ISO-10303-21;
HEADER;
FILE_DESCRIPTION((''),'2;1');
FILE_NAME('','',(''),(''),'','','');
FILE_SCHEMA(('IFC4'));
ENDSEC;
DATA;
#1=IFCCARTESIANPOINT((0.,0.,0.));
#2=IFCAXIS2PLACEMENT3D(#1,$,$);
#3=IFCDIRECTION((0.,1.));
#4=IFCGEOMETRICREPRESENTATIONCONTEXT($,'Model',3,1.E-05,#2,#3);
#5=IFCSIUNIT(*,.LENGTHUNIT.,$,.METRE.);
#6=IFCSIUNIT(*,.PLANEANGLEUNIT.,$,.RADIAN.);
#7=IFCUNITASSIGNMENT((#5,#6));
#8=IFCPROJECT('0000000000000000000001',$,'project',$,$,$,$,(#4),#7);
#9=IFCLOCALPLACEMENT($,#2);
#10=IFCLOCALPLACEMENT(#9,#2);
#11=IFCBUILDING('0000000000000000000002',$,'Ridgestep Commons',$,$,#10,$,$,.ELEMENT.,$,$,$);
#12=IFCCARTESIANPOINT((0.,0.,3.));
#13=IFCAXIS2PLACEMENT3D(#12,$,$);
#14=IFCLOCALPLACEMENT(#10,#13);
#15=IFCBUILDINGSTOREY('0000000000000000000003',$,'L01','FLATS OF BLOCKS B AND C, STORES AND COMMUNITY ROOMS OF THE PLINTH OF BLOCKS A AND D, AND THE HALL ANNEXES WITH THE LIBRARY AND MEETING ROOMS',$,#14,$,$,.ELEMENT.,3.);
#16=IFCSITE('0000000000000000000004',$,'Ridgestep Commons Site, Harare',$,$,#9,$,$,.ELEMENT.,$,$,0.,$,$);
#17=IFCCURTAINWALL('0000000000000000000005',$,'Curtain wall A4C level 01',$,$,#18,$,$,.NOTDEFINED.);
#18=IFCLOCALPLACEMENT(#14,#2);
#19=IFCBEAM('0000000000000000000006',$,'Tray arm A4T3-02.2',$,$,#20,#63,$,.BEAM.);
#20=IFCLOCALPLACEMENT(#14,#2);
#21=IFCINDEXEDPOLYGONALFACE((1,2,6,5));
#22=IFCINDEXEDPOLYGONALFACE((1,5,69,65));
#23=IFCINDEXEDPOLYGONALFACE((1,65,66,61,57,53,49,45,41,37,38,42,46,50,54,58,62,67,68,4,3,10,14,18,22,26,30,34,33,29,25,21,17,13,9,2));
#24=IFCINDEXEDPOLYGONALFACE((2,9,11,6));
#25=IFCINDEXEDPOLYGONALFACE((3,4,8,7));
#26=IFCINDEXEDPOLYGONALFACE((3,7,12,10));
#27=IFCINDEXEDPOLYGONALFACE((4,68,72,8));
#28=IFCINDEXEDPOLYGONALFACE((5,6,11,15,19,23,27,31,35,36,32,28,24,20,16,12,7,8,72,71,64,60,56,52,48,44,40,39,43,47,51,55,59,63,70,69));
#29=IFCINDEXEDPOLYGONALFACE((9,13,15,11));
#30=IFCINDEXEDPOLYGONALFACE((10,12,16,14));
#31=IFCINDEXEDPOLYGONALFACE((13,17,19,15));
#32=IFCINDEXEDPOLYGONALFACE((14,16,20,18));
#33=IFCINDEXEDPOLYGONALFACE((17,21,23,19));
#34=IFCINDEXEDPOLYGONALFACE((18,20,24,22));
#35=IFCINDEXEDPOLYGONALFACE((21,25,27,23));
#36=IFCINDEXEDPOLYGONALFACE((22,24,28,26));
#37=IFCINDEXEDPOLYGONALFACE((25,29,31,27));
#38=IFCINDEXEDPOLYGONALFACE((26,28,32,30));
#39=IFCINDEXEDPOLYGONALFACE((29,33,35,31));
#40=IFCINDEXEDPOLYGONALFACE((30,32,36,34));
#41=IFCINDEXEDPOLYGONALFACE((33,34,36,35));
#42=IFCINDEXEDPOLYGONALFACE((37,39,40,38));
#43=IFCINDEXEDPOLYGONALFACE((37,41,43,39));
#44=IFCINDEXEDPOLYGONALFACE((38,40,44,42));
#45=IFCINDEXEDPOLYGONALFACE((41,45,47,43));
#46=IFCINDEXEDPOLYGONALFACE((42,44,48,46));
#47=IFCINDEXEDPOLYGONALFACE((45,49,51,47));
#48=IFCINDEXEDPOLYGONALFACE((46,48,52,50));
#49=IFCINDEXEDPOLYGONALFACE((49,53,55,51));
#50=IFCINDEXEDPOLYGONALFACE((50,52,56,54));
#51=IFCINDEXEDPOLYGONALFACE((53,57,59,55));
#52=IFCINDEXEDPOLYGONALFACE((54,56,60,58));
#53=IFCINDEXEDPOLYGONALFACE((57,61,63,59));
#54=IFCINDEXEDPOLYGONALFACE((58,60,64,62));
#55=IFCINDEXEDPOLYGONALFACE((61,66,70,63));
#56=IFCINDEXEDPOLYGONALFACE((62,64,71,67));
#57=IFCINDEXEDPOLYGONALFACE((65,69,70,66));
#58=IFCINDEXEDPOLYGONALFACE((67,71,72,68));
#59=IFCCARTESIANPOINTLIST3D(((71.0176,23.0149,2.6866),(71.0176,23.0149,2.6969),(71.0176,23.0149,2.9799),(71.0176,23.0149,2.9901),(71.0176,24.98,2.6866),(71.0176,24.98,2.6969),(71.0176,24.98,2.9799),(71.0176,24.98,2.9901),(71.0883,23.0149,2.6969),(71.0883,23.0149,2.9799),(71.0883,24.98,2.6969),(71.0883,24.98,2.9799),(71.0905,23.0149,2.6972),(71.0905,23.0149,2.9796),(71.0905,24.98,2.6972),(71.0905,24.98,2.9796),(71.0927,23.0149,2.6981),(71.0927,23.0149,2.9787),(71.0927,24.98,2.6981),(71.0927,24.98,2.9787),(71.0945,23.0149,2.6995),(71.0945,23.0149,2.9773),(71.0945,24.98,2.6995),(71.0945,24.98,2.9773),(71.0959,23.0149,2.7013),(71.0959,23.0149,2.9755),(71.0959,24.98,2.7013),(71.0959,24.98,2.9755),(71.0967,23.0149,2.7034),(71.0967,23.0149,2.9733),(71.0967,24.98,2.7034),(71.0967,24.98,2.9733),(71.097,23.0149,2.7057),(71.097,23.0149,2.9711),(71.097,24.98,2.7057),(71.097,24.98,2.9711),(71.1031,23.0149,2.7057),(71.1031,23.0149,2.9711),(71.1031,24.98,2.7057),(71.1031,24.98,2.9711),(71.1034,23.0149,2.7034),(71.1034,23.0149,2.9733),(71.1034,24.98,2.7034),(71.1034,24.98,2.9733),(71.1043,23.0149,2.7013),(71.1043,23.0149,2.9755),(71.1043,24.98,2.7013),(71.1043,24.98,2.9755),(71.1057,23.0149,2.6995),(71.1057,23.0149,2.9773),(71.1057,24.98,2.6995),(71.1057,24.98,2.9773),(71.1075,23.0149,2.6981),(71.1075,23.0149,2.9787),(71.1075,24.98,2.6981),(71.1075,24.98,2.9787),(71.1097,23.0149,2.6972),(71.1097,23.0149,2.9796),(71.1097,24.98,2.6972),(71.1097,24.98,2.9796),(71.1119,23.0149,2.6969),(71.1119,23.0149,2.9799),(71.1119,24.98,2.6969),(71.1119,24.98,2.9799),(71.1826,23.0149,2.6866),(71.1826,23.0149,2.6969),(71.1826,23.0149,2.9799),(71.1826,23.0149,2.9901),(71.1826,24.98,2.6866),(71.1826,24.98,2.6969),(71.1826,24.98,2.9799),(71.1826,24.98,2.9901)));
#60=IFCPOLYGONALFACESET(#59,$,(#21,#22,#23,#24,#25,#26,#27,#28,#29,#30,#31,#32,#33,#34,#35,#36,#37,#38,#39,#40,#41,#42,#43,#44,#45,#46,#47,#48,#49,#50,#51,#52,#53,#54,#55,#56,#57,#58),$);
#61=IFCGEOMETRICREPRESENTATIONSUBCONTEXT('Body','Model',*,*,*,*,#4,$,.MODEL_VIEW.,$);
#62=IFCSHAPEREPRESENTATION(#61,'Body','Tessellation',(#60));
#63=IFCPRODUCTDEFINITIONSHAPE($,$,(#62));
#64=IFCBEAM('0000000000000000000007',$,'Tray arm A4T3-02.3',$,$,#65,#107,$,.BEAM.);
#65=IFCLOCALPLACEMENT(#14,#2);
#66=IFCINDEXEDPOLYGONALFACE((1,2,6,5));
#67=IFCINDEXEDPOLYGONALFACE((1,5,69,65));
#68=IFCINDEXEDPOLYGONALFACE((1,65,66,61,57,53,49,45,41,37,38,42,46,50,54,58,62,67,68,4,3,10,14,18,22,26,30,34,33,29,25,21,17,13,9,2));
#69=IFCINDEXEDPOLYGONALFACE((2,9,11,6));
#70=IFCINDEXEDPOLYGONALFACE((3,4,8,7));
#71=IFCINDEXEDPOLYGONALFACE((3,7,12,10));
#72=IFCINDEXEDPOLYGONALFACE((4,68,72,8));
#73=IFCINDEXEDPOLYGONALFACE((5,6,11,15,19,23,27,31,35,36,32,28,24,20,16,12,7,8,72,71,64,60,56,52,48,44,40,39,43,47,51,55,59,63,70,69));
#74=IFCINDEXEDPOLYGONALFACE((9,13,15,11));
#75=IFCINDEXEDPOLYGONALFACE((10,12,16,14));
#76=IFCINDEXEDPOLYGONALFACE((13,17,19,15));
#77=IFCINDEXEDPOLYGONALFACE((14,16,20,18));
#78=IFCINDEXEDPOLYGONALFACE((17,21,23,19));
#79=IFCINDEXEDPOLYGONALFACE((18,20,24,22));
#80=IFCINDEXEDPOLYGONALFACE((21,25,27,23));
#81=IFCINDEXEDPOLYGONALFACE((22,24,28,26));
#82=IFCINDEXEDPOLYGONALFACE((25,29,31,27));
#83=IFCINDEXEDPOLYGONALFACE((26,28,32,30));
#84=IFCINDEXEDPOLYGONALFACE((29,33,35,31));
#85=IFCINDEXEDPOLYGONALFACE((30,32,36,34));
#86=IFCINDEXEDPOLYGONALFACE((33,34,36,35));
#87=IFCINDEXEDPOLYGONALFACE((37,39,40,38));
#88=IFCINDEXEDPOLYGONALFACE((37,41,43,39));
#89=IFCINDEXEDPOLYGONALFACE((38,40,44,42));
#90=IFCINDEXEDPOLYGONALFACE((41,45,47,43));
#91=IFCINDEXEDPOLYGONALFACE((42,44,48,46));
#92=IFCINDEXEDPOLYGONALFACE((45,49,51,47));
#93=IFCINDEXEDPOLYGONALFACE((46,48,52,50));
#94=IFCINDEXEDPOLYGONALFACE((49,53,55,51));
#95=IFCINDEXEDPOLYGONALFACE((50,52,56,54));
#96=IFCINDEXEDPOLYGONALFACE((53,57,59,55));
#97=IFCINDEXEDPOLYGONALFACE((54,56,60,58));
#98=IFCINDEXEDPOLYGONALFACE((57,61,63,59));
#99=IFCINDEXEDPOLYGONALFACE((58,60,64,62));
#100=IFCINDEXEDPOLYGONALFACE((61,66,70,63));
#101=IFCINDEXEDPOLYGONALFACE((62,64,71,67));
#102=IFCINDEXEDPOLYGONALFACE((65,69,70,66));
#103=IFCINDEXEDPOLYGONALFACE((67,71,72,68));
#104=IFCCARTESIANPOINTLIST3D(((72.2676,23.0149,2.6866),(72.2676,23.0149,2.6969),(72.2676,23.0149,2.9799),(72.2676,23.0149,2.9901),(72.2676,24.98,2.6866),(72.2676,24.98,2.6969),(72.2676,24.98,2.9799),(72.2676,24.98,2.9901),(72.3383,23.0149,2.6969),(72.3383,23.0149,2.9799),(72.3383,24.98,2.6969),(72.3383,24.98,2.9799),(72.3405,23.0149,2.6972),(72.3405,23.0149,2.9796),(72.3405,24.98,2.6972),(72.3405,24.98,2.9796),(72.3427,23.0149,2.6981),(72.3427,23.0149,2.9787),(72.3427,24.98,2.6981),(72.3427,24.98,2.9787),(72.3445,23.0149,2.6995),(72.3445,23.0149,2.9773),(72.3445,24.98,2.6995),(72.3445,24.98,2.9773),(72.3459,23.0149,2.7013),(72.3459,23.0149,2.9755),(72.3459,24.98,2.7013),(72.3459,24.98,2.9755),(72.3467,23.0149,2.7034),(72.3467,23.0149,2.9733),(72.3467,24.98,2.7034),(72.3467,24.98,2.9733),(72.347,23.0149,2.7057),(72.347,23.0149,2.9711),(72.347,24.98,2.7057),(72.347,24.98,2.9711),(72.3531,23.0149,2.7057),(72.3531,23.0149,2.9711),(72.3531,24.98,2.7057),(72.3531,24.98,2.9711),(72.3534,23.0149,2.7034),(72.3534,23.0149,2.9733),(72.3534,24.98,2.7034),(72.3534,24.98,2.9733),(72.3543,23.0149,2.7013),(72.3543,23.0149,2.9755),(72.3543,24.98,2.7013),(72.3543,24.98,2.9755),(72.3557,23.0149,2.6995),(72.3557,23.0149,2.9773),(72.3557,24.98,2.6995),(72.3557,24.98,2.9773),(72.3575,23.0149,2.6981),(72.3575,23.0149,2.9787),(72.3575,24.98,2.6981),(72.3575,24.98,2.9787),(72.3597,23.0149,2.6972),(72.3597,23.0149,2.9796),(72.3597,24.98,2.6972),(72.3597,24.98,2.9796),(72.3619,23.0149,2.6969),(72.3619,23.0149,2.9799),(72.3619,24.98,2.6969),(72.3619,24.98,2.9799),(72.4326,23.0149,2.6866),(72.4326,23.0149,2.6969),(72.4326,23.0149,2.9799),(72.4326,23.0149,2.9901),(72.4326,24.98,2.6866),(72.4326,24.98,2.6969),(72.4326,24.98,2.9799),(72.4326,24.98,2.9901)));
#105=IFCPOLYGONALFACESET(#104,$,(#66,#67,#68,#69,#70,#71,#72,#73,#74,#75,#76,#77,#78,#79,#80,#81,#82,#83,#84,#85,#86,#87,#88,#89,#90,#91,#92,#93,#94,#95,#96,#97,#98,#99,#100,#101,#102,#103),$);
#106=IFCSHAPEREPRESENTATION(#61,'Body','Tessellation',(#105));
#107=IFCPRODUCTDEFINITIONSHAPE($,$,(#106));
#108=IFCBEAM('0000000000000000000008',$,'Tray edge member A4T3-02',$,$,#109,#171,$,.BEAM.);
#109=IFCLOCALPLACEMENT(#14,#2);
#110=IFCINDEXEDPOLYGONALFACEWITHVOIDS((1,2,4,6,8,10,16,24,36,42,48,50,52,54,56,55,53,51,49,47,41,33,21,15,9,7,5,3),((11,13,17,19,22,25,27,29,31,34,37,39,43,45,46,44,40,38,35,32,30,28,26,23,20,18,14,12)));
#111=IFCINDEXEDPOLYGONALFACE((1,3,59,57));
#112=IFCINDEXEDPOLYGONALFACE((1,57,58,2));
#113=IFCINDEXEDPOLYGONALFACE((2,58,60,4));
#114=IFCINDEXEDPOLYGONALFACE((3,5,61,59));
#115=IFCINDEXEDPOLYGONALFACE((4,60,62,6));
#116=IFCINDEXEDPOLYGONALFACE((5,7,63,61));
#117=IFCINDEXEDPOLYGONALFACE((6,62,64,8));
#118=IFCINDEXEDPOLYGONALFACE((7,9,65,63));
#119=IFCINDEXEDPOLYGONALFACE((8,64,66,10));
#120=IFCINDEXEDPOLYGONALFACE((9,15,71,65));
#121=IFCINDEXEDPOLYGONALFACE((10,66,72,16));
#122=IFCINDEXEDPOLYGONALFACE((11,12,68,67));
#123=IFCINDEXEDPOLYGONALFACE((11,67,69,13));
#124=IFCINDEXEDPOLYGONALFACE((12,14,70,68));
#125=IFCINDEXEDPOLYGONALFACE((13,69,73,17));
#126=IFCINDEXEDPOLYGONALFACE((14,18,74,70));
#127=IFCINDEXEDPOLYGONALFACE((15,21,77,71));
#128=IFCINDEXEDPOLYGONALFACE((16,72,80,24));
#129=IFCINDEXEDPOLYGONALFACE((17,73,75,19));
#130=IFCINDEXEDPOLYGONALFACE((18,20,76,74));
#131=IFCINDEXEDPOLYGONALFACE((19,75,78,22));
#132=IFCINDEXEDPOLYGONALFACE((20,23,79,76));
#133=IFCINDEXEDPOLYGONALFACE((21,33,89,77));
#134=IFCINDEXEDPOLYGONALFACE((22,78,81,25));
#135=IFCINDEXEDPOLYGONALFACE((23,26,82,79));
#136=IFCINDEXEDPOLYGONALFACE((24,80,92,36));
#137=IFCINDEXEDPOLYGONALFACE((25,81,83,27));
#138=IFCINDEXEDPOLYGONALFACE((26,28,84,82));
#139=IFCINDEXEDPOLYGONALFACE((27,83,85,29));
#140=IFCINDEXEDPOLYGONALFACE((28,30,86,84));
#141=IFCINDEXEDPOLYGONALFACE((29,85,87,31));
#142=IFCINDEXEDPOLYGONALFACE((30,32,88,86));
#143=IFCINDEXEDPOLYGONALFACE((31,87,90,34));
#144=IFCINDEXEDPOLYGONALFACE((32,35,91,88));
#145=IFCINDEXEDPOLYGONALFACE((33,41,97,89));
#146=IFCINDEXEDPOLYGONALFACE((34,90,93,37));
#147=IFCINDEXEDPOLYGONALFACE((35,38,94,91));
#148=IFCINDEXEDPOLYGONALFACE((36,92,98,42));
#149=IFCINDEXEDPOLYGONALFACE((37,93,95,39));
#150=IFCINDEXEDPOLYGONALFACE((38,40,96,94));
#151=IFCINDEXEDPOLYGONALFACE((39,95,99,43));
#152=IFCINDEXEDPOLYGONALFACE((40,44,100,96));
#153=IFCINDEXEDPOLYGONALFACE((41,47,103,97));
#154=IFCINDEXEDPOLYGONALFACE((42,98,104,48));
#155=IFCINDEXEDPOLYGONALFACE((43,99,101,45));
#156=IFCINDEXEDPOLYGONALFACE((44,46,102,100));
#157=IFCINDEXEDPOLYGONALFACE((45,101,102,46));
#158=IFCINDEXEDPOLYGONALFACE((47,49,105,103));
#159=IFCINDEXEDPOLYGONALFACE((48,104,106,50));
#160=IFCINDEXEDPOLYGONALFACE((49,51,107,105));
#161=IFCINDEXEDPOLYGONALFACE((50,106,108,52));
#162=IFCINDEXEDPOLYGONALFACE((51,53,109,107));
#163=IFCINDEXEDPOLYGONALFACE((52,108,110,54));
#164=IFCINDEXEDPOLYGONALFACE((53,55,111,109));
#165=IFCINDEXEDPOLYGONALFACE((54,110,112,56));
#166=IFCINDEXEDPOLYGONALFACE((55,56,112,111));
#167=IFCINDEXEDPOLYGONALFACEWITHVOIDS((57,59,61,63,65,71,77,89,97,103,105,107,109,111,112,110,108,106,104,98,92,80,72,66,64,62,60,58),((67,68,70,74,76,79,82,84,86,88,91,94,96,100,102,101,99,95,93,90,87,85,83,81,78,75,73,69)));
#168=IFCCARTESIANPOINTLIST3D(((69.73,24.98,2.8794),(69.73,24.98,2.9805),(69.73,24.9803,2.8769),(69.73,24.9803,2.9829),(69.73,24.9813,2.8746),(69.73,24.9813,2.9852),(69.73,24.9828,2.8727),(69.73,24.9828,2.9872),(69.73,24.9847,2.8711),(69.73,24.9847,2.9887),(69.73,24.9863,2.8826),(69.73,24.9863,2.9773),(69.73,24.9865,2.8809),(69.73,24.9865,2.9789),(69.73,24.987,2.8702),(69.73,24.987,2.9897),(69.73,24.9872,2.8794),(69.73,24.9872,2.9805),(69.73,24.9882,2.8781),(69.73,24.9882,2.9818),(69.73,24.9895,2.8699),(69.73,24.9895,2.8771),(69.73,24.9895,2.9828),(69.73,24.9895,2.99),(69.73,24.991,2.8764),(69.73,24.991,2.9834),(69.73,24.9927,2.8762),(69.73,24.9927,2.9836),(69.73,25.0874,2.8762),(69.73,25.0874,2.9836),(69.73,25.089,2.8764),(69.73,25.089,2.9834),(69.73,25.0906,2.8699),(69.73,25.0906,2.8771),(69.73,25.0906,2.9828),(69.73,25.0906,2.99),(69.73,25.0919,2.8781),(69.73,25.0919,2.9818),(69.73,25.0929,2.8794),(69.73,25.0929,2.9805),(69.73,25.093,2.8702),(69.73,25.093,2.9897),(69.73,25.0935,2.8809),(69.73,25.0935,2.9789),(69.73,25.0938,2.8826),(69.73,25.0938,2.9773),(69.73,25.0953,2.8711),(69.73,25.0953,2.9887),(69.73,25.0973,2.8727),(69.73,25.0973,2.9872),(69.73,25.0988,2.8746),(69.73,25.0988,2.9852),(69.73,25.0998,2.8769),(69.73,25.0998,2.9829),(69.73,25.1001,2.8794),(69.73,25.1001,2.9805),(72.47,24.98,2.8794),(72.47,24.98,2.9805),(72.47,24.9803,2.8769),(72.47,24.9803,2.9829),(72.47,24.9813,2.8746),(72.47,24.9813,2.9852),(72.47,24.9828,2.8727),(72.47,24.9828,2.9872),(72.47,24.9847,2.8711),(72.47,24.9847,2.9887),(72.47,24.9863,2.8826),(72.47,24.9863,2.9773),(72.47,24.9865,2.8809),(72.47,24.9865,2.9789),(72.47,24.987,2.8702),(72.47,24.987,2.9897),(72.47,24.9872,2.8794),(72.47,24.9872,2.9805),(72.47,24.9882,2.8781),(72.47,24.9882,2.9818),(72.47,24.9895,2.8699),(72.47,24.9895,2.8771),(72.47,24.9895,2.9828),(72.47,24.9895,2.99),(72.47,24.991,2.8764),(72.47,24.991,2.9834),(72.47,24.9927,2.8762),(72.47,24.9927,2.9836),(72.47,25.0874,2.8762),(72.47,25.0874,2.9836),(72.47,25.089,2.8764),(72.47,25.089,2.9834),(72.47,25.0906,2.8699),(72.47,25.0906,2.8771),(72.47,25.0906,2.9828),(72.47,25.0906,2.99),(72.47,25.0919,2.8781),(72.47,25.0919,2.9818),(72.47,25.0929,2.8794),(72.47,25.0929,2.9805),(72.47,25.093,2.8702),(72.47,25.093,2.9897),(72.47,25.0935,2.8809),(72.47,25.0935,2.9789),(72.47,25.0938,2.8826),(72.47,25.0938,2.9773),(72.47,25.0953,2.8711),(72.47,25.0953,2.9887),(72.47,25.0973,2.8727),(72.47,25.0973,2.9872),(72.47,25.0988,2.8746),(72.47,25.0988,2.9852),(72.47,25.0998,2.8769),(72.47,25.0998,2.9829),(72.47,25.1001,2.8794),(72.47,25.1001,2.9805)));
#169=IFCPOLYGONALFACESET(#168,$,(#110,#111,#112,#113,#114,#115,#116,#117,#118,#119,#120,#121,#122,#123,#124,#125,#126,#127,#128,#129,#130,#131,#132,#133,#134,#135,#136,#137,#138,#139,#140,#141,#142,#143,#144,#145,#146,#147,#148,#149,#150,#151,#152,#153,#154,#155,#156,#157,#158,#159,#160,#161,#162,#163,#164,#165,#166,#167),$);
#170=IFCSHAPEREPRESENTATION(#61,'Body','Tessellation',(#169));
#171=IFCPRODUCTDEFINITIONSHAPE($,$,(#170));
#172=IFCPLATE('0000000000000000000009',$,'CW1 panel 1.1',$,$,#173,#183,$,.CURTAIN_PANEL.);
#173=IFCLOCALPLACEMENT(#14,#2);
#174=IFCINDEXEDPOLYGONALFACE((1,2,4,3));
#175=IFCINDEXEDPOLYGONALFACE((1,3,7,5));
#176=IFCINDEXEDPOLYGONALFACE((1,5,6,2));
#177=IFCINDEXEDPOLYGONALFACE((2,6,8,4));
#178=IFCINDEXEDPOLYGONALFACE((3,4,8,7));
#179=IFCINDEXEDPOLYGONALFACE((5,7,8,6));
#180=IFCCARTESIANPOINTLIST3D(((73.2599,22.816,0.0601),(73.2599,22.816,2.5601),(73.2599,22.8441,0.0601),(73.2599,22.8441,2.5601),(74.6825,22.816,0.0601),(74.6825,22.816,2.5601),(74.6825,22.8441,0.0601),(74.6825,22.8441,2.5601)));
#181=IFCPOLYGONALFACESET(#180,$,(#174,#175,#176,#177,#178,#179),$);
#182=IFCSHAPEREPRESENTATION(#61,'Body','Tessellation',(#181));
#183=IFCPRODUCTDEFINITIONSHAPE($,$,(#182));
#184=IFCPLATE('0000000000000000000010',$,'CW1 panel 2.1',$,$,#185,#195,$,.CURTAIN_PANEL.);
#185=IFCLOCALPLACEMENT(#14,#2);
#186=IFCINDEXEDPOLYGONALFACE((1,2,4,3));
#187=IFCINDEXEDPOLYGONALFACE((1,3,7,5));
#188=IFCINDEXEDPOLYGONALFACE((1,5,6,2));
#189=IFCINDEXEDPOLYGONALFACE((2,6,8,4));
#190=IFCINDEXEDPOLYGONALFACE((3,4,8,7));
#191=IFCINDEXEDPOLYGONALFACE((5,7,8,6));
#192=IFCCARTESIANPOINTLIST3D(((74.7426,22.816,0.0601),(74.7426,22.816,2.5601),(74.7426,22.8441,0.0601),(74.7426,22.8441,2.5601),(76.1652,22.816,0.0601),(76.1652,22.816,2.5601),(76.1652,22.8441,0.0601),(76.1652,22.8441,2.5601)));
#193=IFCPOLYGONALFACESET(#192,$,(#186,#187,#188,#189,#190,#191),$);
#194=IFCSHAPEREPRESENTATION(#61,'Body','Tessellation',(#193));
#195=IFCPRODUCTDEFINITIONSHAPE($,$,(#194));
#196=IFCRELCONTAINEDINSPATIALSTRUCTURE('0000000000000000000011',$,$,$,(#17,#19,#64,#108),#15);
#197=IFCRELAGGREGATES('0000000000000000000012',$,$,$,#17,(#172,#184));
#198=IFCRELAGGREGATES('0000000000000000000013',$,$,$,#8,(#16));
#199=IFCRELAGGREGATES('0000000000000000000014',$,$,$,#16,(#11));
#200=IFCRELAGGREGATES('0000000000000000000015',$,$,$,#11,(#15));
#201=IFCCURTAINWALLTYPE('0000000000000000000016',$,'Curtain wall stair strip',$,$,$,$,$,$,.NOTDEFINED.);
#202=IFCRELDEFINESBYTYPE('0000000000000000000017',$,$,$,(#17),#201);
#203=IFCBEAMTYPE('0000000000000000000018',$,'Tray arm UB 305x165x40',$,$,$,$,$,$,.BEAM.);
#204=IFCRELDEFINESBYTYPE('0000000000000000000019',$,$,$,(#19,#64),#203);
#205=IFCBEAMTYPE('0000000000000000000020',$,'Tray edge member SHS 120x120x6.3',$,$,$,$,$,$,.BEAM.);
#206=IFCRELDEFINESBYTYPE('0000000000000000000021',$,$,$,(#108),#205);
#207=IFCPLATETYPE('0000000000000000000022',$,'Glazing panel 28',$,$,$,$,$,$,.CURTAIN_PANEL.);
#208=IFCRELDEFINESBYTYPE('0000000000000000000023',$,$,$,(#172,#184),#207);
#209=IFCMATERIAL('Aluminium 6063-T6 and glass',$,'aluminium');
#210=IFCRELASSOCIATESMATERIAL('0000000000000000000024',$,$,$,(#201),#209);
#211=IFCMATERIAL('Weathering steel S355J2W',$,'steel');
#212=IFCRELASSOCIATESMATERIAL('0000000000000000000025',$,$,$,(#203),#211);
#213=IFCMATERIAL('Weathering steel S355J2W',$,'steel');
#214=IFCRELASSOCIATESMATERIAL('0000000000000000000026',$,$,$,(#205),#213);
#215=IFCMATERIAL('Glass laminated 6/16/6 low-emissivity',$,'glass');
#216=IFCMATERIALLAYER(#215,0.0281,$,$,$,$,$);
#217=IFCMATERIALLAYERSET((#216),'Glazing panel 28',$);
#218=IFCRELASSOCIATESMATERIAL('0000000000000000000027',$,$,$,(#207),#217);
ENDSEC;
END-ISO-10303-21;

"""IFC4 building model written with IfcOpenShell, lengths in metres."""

from ifc_helpers import new_model, si_unit, direction, frame, origin, origin_2d, place, context, subcontext, project, spatial, rectangle, hollow_rectangle, i_section, extrude, material, layer, layer_set, material_profile, profile_set, type_object, element, aggregate, save


model = new_model("IFC4")

# Units and contexts
model_context = context("Model", 3, precision=1e-05, world=origin(), true_north=direction((0.0, 1.0)))
body_context = subcontext(model_context, "Body", "Model", "MODEL_VIEW")
ifc_project = project(units=[si_unit("LENGTHUNIT", "METRE"), si_unit("PLANEANGLEUNIT", "RADIAN")], contexts=[model_context])

# Site, building, storey
site_placement = place(None, origin())
site = spatial("IfcSite", under=ifc_project, at=site_placement, Name="Ridgestep Commons Site, Harare", CompositionType="ELEMENT", RefElevation=0.0)
building_placement = place(site_placement, origin())
building = spatial("IfcBuilding", under=site, at=building_placement, Name="Ridgestep Commons", CompositionType="ELEMENT")
storey_placement = place(building_placement, frame((0.0, 0.0, 3.0)))
storey = spatial("IfcBuildingStorey", under=building, at=storey_placement, Name="L01", Description="FLATS OF BLOCKS B AND C, STORES AND COMMUNITY ROOMS OF THE PLINTH OF BLOCKS A AND D, AND THE HALL ANNEXES WITH THE LIBRARY AND MEETING ROOMS", CompositionType="ELEMENT", Elevation=3.0)

# Curtain wall
ifc_material_1 = material(Name="Aluminium 6063-T6 and glass", Category="aluminium")
curtain_wall_type = type_object("IfcCurtainWallType", Name="Curtain wall stair strip", PredefinedType="NOTDEFINED", material=ifc_material_1)
curtain_wall_placement = place(storey_placement, origin())
curtain_wall = element("IfcCurtainWall", 1, at=curtain_wall_placement, inside=storey, type_object=curtain_wall_type, Name="Curtain wall A4C level 01", PredefinedType="NOTDEFINED")

# Beams
ifc_material_2 = material(Name="Weathering steel S355J2W", Category="steel")
ifc_material_profile_1 = material_profile(ifc_material_2, i_section(OverallWidth=0.165, OverallDepth=0.3035, WebThickness=0.0061, FlangeThickness=0.0103, FilletRadius=0.0088, at=origin_2d()), Name="UB 305x165x40")
ifc_profile_set_1 = profile_set([ifc_material_profile_1], Name="Weathering steel S355J2W")
beam_type_1 = type_object("IfcBeamType", Name="Tray arm UB 305x165x40", PredefinedType="BEAM", material=ifc_profile_set_1)
for number, where, z_axis, x_axis, name in (
    (2, (71.1001, 23.0149, 2.8384), (0.0, 1.0, 0.0), (-1.0, 0.0, 0.0), "Tray arm A4T3-02.2"),
    (3, (72.3501, 23.0149, 2.8384), (0.0, 1.0, 0.0), (-1.0, 0.0, 0.0), "Tray arm A4T3-02.3"),
):
    element("IfcBeam", number, at=place(storey_placement, frame(where, z_axis=z_axis, x_axis=x_axis)), inside=storey, type_object=beam_type_1, Name=name, PredefinedType="BEAM", context=body_context, shape_type="SweptSolid", body=[
        extrude(i_section(OverallWidth=0.165, OverallDepth=0.3035, WebThickness=0.0061, FlangeThickness=0.0103, FilletRadius=0.0088, at=origin_2d()), origin(), (0.0, 0.0, 1.0), 1.9651),
    ])
ifc_material_3 = material(Name="Weathering steel S355J2W", Category="steel")
ifc_material_profile_2 = material_profile(ifc_material_3, hollow_rectangle(XDim=0.1201, YDim=0.1201, WallThickness=0.0063, InnerFilletRadius=0.0063, OuterFilletRadius=0.0095, at=origin_2d()), Name="SHS 120x120x6.3")
ifc_profile_set_2 = profile_set([ifc_material_profile_2], Name="Weathering steel S355J2W")
beam_type_2 = type_object("IfcBeamType", Name="Tray edge member SHS 120x120x6.3", PredefinedType="BEAM", material=ifc_profile_set_2)
beam_placement = place(storey_placement, frame((69.73, 25.04, 2.9299), z_axis=(1.0, 0.0, 0.0), x_axis=(0.0, 0.0, 1.0)))
element("IfcBeam", 4, at=beam_placement, inside=storey, type_object=beam_type_2, Name="Tray edge member A4T3-02", PredefinedType="BEAM", context=body_context, shape_type="SweptSolid", body=[
    extrude(hollow_rectangle(XDim=0.1201, YDim=0.1201, WallThickness=0.0063, InnerFilletRadius=0.0063, OuterFilletRadius=0.0095, at=origin_2d()), origin(), (0.0, 0.0, 1.0), 2.74),
])

# Plates
ifc_material_4 = material(Name="Glass laminated 6/16/6 low-emissivity", Category="glass")
ifc_layer_1 = layer(ifc_material_4, 0.0281)
ifc_layer_set_1 = layer_set([ifc_layer_1], Name="Glazing panel 28")
plate_type_1 = type_object("IfcPlateType", Name="Glazing panel 28", PredefinedType="CURTAIN_PANEL", material=ifc_layer_set_1)
plate_1_placement = place(storey_placement, frame((73.9712, 22.8301, 0.0601), z_axis=(0.0, 0.0, 1.0), x_axis=(1.0, 0.0, 0.0)))
plate_1 = element("IfcPlate", 5, at=plate_1_placement, type_object=plate_type_1, Name="CW1 panel 1.1", PredefinedType="CURTAIN_PANEL", context=body_context, shape_type="SweptSolid", body=[
    extrude(rectangle(XDim=1.4226, YDim=0.0281, at=origin_2d()), origin(), (0.0, 0.0, 1.0), 2.5),
])
plate_2_placement = place(storey_placement, frame((75.4539, 22.8301, 0.0601), z_axis=(0.0, 0.0, 1.0), x_axis=(1.0, 0.0, 0.0)))
plate_2 = element("IfcPlate", 6, at=plate_2_placement, type_object=plate_type_1, Name="CW1 panel 2.1", PredefinedType="CURTAIN_PANEL", context=body_context, shape_type="SweptSolid", body=[
    extrude(rectangle(XDim=1.4226, YDim=0.0281, at=origin_2d()), origin(), (0.0, 0.0, 1.0), 2.5),
])
aggregate(curtain_wall, [plate_1, plate_2])

save(model, "model.ifc")
